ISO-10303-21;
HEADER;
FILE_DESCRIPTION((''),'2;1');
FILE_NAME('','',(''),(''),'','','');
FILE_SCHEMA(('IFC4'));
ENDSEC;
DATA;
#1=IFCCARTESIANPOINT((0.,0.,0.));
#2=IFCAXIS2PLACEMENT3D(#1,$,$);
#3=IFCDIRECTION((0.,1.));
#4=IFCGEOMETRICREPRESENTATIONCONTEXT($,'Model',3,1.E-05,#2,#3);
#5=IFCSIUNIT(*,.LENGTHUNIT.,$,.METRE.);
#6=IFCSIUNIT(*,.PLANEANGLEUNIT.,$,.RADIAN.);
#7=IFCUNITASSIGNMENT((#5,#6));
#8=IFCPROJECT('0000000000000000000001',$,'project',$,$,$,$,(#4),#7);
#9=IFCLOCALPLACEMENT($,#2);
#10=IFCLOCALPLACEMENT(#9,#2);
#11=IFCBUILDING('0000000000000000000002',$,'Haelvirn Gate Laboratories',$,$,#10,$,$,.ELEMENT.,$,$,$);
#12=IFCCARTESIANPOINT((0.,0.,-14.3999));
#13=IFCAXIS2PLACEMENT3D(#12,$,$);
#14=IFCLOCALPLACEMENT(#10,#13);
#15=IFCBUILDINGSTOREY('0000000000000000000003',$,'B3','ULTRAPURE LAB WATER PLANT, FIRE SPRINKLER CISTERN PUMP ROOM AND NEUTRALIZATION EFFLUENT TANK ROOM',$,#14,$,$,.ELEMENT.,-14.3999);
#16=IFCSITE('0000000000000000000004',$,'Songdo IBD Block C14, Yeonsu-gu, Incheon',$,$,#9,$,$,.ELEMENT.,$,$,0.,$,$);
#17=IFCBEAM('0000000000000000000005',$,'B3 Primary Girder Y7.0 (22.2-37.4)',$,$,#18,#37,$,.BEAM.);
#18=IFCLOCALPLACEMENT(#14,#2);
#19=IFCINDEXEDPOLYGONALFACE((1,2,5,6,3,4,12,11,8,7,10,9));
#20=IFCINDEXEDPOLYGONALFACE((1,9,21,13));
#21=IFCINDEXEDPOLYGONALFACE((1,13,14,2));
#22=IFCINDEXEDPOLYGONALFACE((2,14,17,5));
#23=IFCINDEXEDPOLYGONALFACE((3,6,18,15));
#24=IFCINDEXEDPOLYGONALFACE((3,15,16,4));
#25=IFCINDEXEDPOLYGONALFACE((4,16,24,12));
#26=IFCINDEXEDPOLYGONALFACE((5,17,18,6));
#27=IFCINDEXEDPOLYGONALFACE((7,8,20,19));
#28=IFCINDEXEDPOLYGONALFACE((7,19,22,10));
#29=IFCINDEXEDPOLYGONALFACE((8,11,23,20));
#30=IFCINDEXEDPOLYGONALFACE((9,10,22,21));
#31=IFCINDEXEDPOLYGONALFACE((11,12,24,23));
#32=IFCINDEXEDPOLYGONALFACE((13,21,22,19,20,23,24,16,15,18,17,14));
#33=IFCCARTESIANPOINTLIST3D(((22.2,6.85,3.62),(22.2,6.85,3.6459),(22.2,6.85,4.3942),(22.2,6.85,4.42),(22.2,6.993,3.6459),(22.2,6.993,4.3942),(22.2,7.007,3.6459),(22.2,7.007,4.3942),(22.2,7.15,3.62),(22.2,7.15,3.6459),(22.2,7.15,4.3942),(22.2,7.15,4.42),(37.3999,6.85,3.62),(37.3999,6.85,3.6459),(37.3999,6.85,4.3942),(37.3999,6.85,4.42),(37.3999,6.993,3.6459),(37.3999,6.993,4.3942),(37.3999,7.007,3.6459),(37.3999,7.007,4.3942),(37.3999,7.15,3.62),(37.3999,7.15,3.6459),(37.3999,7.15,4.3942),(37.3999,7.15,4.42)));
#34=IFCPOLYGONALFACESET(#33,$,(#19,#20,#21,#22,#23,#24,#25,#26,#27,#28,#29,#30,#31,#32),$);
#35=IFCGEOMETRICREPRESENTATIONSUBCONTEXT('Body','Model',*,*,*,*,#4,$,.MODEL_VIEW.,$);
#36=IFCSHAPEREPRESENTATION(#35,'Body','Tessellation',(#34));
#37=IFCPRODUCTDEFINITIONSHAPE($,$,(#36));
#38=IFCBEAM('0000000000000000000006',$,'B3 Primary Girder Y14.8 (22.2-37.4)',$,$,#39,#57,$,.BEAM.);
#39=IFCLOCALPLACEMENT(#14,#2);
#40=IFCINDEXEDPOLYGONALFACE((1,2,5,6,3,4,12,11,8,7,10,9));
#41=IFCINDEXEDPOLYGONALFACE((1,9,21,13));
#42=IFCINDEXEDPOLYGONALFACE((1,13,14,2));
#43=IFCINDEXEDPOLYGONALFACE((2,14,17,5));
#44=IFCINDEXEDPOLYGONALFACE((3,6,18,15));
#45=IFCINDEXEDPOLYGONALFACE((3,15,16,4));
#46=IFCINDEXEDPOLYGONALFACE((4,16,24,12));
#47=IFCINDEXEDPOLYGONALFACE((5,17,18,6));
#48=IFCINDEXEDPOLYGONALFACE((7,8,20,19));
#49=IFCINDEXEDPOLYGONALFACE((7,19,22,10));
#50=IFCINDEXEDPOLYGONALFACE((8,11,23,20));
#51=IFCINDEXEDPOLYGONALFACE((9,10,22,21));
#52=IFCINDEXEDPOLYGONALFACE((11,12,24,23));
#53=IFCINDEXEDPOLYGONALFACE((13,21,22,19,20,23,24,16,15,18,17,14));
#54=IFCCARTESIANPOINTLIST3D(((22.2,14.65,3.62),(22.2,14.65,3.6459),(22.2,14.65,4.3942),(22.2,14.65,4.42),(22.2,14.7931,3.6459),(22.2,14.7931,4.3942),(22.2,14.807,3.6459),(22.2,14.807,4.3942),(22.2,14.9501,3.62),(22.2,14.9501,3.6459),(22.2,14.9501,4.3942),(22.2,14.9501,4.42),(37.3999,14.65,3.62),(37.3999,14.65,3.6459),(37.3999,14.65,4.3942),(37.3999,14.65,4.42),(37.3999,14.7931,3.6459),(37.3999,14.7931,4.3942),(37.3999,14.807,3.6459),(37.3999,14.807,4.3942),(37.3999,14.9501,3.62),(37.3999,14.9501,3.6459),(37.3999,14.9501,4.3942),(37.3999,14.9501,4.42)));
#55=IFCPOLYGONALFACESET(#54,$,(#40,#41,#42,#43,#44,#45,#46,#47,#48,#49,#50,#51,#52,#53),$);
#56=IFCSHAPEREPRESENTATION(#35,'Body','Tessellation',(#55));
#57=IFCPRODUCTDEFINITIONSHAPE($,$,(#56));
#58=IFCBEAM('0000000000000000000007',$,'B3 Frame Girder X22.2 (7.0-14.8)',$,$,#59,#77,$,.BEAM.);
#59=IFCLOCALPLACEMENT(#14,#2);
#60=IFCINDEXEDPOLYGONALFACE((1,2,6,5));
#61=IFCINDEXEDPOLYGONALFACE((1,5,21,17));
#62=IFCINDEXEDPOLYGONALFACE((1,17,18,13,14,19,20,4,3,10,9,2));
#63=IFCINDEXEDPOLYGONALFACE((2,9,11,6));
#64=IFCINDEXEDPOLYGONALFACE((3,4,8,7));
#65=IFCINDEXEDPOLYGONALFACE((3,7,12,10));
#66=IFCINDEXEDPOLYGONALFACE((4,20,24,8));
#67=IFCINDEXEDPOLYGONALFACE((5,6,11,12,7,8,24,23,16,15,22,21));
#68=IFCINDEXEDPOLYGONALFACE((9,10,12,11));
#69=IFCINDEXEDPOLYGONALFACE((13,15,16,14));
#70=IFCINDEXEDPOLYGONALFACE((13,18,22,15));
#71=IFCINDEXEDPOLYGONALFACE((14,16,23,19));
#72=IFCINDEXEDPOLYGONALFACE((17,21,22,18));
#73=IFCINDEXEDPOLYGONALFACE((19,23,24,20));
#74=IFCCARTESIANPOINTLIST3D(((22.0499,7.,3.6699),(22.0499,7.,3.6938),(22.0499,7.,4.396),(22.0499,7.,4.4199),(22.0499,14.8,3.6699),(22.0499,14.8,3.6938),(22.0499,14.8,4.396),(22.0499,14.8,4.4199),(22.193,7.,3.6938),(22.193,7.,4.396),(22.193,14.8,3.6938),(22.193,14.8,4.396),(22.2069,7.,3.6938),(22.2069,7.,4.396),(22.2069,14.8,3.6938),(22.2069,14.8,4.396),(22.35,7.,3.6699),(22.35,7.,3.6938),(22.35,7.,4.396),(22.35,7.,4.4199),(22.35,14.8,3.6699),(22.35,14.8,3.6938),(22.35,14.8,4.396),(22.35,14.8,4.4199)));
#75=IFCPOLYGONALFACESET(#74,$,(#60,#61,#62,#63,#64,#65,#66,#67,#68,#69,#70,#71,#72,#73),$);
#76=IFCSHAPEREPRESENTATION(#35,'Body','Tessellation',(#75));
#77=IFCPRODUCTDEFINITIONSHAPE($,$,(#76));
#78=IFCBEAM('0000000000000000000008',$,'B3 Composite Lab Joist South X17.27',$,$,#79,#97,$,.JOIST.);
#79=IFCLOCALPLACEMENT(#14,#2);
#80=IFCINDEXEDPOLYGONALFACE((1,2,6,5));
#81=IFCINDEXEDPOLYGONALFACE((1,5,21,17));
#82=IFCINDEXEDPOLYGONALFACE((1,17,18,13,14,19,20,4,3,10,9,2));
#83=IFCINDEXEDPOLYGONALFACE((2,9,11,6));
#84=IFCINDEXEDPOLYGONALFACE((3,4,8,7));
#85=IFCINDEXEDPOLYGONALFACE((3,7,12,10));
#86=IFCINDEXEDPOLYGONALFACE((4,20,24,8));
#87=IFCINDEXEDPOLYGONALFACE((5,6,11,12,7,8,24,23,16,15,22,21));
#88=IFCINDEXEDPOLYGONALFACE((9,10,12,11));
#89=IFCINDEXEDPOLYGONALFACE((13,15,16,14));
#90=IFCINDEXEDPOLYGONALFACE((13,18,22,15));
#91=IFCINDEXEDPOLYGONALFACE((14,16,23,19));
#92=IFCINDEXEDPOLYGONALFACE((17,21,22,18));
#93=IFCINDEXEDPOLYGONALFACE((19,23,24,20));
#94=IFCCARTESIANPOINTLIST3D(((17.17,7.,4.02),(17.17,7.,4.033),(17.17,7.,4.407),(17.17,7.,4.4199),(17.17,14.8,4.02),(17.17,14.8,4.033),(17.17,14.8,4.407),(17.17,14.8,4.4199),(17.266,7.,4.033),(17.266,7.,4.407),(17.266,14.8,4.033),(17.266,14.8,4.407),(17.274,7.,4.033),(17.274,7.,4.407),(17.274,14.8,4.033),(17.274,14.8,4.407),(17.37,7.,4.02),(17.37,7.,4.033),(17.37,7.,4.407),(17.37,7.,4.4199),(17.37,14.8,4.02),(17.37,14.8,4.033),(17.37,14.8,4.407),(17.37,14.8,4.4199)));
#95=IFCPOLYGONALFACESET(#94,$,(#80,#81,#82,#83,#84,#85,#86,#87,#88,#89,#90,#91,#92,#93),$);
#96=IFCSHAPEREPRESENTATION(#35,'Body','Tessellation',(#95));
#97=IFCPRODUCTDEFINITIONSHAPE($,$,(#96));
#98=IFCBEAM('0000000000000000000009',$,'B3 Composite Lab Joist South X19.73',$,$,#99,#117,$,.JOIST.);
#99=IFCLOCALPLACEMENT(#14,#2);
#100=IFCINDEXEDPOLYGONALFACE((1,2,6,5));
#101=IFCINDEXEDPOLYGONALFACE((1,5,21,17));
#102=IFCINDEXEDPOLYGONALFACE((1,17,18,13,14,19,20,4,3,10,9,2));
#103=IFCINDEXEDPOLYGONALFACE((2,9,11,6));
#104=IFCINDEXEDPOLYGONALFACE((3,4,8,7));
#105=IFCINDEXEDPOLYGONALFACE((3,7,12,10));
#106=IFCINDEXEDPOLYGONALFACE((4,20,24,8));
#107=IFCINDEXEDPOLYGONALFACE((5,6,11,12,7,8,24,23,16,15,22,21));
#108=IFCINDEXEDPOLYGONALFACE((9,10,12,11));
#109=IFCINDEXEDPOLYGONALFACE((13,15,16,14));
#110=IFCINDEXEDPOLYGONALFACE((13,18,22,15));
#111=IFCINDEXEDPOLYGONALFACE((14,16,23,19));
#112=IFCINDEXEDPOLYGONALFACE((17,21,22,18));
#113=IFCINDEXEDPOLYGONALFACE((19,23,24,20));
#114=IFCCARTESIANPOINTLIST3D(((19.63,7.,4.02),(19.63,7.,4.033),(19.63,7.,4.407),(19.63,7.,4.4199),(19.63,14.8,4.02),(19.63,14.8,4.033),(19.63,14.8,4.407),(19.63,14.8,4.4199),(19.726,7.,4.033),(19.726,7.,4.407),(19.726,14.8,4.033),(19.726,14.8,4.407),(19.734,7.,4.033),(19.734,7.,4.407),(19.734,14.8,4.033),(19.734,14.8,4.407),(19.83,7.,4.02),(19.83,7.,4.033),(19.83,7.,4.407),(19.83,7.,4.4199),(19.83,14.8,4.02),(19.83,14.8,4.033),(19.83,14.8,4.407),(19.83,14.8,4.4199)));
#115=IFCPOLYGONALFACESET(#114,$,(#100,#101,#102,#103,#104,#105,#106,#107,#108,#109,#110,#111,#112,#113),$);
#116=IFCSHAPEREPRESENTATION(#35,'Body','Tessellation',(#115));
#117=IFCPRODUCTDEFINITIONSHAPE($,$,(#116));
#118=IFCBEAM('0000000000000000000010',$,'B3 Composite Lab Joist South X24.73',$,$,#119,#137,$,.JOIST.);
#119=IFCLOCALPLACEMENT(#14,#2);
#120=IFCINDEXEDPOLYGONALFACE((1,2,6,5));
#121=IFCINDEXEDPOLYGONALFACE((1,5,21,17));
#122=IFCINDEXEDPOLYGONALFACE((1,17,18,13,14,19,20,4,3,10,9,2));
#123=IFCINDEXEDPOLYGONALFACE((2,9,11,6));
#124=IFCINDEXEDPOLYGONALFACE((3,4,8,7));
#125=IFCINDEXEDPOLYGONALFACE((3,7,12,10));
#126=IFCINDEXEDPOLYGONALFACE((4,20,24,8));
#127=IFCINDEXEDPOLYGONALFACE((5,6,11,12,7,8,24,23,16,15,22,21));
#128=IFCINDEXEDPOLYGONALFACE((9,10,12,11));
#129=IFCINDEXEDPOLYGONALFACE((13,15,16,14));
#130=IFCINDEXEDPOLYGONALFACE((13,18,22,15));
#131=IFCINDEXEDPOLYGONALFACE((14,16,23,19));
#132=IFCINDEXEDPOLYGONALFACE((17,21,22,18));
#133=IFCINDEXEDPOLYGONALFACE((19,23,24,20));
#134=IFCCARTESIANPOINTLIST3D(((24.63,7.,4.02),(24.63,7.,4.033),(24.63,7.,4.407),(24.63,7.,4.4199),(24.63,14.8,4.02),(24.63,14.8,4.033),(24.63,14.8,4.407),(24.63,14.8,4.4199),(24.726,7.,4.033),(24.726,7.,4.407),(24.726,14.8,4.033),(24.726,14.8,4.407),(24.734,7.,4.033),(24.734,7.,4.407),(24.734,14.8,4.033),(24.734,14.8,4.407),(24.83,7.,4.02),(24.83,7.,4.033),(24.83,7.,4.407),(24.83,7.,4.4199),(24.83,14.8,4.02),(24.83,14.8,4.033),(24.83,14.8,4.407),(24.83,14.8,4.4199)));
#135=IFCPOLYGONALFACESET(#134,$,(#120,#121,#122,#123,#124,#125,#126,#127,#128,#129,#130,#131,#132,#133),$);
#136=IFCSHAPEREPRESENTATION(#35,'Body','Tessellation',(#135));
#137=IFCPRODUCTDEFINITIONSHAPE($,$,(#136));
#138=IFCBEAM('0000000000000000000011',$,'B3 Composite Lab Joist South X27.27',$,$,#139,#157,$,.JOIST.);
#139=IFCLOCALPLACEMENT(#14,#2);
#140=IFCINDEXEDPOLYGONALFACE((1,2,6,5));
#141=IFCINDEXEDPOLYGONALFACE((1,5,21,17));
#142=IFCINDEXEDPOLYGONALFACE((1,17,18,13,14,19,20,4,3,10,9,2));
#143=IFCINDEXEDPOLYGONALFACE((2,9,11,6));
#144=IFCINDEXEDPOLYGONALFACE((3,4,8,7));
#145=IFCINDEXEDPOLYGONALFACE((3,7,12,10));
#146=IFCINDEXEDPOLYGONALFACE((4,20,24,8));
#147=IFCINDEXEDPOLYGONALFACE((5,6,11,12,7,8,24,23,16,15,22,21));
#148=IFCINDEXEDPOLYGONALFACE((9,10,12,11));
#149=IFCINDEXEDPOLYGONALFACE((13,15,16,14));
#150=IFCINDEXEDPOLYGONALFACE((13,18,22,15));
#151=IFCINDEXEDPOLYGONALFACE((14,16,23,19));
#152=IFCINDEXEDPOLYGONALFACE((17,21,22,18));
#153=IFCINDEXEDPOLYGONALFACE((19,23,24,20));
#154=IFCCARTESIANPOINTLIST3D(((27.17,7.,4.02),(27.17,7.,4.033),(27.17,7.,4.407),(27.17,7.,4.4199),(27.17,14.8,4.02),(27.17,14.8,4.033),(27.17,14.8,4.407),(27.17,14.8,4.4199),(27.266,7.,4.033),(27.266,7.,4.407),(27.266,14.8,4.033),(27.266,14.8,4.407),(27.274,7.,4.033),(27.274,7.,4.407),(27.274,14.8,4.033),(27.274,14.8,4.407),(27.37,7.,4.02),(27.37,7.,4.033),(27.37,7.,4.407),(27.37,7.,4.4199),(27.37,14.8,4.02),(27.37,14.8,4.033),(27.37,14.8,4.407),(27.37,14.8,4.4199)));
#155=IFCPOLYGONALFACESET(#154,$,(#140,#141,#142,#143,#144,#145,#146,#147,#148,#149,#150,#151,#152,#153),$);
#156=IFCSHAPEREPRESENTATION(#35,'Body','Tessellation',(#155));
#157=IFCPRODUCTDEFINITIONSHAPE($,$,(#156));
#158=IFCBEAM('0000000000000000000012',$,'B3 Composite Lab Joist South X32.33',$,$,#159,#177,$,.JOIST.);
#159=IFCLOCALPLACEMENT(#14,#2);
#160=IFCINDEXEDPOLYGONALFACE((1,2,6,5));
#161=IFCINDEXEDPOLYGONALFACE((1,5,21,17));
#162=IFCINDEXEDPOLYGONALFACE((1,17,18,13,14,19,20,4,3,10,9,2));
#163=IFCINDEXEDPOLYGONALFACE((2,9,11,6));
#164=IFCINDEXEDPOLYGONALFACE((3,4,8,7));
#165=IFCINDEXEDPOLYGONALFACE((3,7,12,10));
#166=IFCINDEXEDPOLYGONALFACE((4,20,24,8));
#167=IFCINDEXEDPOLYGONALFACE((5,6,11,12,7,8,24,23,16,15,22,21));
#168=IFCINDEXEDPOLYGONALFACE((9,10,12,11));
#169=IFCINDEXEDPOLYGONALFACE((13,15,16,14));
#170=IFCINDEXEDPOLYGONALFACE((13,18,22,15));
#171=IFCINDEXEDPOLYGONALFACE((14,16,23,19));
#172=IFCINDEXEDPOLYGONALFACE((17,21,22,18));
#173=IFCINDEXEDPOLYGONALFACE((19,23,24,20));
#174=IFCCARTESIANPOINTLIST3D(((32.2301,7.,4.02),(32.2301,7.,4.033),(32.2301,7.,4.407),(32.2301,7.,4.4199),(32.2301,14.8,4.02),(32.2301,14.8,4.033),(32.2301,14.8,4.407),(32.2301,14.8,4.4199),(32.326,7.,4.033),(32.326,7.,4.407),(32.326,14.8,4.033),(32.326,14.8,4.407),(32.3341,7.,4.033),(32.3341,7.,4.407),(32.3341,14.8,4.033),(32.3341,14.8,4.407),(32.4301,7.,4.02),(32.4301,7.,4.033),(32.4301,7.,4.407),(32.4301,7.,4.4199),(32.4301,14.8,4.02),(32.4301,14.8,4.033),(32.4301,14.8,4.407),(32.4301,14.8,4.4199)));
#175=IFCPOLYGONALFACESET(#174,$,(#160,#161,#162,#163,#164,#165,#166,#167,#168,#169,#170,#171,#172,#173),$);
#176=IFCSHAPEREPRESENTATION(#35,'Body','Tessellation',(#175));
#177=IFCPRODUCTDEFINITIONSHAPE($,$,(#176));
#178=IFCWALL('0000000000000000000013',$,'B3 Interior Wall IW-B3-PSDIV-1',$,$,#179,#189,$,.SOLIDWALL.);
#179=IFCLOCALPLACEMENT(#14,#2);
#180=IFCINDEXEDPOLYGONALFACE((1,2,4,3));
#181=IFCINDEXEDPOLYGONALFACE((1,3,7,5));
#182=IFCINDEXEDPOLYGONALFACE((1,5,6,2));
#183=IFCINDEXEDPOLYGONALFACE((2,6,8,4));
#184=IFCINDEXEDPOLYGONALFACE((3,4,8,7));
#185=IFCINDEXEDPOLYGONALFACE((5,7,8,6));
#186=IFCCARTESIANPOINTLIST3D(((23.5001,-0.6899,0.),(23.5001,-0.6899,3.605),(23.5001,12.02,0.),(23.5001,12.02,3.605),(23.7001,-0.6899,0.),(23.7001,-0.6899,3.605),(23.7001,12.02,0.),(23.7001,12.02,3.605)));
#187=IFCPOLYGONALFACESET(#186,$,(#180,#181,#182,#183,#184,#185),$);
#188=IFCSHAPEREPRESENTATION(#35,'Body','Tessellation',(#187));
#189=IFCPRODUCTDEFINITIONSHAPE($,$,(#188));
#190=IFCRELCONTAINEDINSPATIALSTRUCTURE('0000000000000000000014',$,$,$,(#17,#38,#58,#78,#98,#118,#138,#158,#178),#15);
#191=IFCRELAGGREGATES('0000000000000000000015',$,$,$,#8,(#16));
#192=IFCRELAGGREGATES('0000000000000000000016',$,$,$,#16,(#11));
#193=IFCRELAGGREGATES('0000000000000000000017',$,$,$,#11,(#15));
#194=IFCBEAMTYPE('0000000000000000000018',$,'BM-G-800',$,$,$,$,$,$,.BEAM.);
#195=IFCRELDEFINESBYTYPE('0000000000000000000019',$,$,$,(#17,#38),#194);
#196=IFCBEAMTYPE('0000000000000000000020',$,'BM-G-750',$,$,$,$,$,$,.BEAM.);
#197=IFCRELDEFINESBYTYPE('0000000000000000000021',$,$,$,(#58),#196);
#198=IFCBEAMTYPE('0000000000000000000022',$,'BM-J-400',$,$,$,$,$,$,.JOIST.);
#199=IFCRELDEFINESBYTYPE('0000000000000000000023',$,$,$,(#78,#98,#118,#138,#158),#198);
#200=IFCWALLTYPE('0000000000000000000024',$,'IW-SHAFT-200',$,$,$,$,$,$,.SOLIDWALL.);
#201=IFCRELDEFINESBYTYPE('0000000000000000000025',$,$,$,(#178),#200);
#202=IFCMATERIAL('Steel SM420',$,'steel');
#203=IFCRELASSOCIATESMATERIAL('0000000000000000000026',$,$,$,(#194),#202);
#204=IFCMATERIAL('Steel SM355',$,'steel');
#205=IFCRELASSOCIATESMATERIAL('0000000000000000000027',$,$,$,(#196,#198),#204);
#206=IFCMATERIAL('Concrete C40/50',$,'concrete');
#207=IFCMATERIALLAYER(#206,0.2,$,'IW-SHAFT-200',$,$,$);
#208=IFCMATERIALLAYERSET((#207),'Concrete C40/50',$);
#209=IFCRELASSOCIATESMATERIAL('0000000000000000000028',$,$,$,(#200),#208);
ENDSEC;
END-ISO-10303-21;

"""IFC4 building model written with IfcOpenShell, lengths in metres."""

from ifc_helpers import new_model, si_unit, direction, frame, frame_2d, origin, origin_2d, place, context, subcontext, project, spatial, rectangle, i_section, extrude, source, transform, mapped, material, layer, layer_set, material_profile, profile_set, type_object, type_shapes, element, save


model = new_model("IFC4")

# Units and contexts
model_context = context("Model", 3, precision=1e-05, world=origin(), true_north=direction((0.0, 1.0)))
body_context = subcontext(model_context, "Body", "Model", "MODEL_VIEW")
ifc_project = project(units=[si_unit("LENGTHUNIT", "METRE"), si_unit("PLANEANGLEUNIT", "RADIAN")], contexts=[model_context])

# Site, building, storey
site_placement = place(None, origin())
site = spatial("IfcSite", under=ifc_project, at=site_placement, Name="Songdo IBD Block C14, Yeonsu-gu, Incheon", CompositionType="ELEMENT", RefElevation=0.0)
building_placement = place(site_placement, origin())
building = spatial("IfcBuilding", under=site, at=building_placement, Name="Haelvirn Gate Laboratories", CompositionType="ELEMENT")
storey_placement = place(building_placement, frame((0.0, 0.0, -14.3999)))
storey = spatial("IfcBuildingStorey", under=building, at=storey_placement, Name="B3", Description="ULTRAPURE LAB WATER PLANT, FIRE SPRINKLER CISTERN PUMP ROOM AND NEUTRALIZATION EFFLUENT TANK ROOM", CompositionType="ELEMENT", Elevation=-14.3999)

# Beams
ifc_material_1 = material(Name="Steel SM420", Category="steel")
ifc_material_profile_1 = material_profile(ifc_material_1, i_section(OverallWidth=0.3, OverallDepth=0.8, WebThickness=0.0139, FlangeThickness=0.0259, at=origin_2d()), Name="H-800x300x14x26")
ifc_profile_set_1 = profile_set([ifc_material_profile_1], Name="Steel SM420")
beam_type_1 = type_object("IfcBeamType", Name="BM-G-800", PredefinedType="BEAM", material=ifc_profile_set_1)
shared_shape_1 = source(origin(), body_context, "Body", "SweptSolid", [
    extrude(i_section(OverallWidth=0.3, OverallDepth=0.8, WebThickness=0.0139, FlangeThickness=0.0259, at=origin_2d()), origin(), (0.0, 0.0, 1.0), 15.2),
])
type_shapes(beam_type_1, [shared_shape_1])
for number, where, z_axis, x_axis, name in (
    (1, (22.2, 7.0, 4.02), (1.0, 0.0, 0.0), (0.0, 1.0, 0.0), "B3 Primary Girder Y7.0 (22.2-37.4)"),
    (2, (22.2, 14.8, 4.02), (1.0, 0.0, 0.0), (0.0, 1.0, 0.0), "B3 Primary Girder Y14.8 (22.2-37.4)"),
):
    element("IfcBeam", number, at=place(storey_placement, frame(where, z_axis=z_axis, x_axis=x_axis)), inside=storey, type_object=beam_type_1, Name=name, PredefinedType="BEAM", context=body_context, shape_type="MappedRepresentation", body=[
        mapped(shared_shape_1, transform((0.0, 0.0, 0.0), scale=1.0)),
    ])
ifc_material_2 = material(Name="Steel SM355", Category="steel")
ifc_material_profile_2 = material_profile(ifc_material_2, i_section(OverallWidth=0.3, OverallDepth=0.75, WebThickness=0.0139, FlangeThickness=0.0239, at=origin_2d()), Name="H-750x300x14x24")
ifc_profile_set_2 = profile_set([ifc_material_profile_2], Name="Steel SM355")
beam_type_2 = type_object("IfcBeamType", Name="BM-G-750", PredefinedType="BEAM", material=ifc_profile_set_2)
shared_shape_2 = source(origin(), body_context, "Body", "SweptSolid", [
    extrude(i_section(OverallWidth=0.3, OverallDepth=0.75, WebThickness=0.0139, FlangeThickness=0.0239, at=origin_2d()), origin(), (0.0, 0.0, 1.0), 7.8),
])
type_shapes(beam_type_2, [shared_shape_2])
beam_placement = place(storey_placement, frame((22.2, 7.0, 4.0449), z_axis=(0.0, 1.0, 0.0), x_axis=(-1.0, 0.0, 0.0)))
element("IfcBeam", 3, at=beam_placement, inside=storey, type_object=beam_type_2, Name="B3 Frame Girder X22.2 (7.0-14.8)", PredefinedType="BEAM", context=body_context, shape_type="MappedRepresentation", body=[
    mapped(shared_shape_2, transform((0.0, 0.0, 0.0), scale=1.0)),
])
ifc_material_profile_3 = material_profile(ifc_material_2, i_section(OverallWidth=0.2, OverallDepth=0.3999, WebThickness=0.0081, FlangeThickness=0.0129, at=origin_2d()), Name="H-400x200x8x13")
ifc_profile_set_3 = profile_set([ifc_material_profile_3], Name="Steel SM355")
beam_type_3 = type_object("IfcBeamType", Name="BM-J-400", PredefinedType="JOIST", material=ifc_profile_set_3)
shared_shape_3 = source(origin(), body_context, "Body", "SweptSolid", [
    extrude(i_section(OverallWidth=0.2, OverallDepth=0.3999, WebThickness=0.0081, FlangeThickness=0.0129, at=origin_2d()), origin(), (0.0, 0.0, 1.0), 7.8),
])
type_shapes(beam_type_3, [shared_shape_3])
for number, where, z_axis, x_axis, name in (
    (4, (17.27, 7.0, 4.22), (0.0, 1.0, 0.0), (-1.0, 0.0, 0.0), "B3 Composite Lab Joist South X17.27"),
    (5, (19.73, 7.0, 4.22), (0.0, 1.0, 0.0), (-1.0, 0.0, 0.0), "B3 Composite Lab Joist South X19.73"),
    (6, (24.73, 7.0, 4.22), (0.0, 1.0, 0.0), (-1.0, 0.0, 0.0), "B3 Composite Lab Joist South X24.73"),
    (7, (27.27, 7.0, 4.22), (0.0, 1.0, 0.0), (-1.0, 0.0, 0.0), "B3 Composite Lab Joist South X27.27"),
    (8, (32.3301, 7.0, 4.22), (0.0, 1.0, 0.0), (-1.0, 0.0, 0.0), "B3 Composite Lab Joist South X32.33"),
):
    element("IfcBeam", number, at=place(storey_placement, frame(where, z_axis=z_axis, x_axis=x_axis)), inside=storey, type_object=beam_type_3, Name=name, PredefinedType="JOIST", context=body_context, shape_type="MappedRepresentation", body=[
        mapped(shared_shape_3, transform((0.0, 0.0, 0.0), scale=1.0)),
    ])

# Wall
ifc_material_3 = material(Name="Concrete C40/50", Category="concrete")
ifc_layer_1 = layer(ifc_material_3, 0.2, Name="IW-SHAFT-200")
ifc_layer_set_1 = layer_set([ifc_layer_1], Name="Concrete C40/50")
wall_type_1 = type_object("IfcWallType", Name="IW-SHAFT-200", PredefinedType="SOLIDWALL", material=ifc_layer_set_1)
wall_1_placement = place(storey_placement, frame((23.6001, -0.6899, 0.0), z_axis=(0.0, 0.0, 1.0), x_axis=(0.0, 1.0, 0.0)))
element("IfcWall", 9, at=wall_1_placement, inside=storey, type_object=wall_type_1, Name="B3 Interior Wall IW-B3-PSDIV-1", PredefinedType="SOLIDWALL", context=body_context, shape_type="SweptSolid", body=[
    extrude(rectangle(XDim=12.71, YDim=0.2, at=frame_2d((6.355, 0.0))), origin(), (0.0, 0.0, 1.0), 3.605),
])

save(model, "model.ifc")
